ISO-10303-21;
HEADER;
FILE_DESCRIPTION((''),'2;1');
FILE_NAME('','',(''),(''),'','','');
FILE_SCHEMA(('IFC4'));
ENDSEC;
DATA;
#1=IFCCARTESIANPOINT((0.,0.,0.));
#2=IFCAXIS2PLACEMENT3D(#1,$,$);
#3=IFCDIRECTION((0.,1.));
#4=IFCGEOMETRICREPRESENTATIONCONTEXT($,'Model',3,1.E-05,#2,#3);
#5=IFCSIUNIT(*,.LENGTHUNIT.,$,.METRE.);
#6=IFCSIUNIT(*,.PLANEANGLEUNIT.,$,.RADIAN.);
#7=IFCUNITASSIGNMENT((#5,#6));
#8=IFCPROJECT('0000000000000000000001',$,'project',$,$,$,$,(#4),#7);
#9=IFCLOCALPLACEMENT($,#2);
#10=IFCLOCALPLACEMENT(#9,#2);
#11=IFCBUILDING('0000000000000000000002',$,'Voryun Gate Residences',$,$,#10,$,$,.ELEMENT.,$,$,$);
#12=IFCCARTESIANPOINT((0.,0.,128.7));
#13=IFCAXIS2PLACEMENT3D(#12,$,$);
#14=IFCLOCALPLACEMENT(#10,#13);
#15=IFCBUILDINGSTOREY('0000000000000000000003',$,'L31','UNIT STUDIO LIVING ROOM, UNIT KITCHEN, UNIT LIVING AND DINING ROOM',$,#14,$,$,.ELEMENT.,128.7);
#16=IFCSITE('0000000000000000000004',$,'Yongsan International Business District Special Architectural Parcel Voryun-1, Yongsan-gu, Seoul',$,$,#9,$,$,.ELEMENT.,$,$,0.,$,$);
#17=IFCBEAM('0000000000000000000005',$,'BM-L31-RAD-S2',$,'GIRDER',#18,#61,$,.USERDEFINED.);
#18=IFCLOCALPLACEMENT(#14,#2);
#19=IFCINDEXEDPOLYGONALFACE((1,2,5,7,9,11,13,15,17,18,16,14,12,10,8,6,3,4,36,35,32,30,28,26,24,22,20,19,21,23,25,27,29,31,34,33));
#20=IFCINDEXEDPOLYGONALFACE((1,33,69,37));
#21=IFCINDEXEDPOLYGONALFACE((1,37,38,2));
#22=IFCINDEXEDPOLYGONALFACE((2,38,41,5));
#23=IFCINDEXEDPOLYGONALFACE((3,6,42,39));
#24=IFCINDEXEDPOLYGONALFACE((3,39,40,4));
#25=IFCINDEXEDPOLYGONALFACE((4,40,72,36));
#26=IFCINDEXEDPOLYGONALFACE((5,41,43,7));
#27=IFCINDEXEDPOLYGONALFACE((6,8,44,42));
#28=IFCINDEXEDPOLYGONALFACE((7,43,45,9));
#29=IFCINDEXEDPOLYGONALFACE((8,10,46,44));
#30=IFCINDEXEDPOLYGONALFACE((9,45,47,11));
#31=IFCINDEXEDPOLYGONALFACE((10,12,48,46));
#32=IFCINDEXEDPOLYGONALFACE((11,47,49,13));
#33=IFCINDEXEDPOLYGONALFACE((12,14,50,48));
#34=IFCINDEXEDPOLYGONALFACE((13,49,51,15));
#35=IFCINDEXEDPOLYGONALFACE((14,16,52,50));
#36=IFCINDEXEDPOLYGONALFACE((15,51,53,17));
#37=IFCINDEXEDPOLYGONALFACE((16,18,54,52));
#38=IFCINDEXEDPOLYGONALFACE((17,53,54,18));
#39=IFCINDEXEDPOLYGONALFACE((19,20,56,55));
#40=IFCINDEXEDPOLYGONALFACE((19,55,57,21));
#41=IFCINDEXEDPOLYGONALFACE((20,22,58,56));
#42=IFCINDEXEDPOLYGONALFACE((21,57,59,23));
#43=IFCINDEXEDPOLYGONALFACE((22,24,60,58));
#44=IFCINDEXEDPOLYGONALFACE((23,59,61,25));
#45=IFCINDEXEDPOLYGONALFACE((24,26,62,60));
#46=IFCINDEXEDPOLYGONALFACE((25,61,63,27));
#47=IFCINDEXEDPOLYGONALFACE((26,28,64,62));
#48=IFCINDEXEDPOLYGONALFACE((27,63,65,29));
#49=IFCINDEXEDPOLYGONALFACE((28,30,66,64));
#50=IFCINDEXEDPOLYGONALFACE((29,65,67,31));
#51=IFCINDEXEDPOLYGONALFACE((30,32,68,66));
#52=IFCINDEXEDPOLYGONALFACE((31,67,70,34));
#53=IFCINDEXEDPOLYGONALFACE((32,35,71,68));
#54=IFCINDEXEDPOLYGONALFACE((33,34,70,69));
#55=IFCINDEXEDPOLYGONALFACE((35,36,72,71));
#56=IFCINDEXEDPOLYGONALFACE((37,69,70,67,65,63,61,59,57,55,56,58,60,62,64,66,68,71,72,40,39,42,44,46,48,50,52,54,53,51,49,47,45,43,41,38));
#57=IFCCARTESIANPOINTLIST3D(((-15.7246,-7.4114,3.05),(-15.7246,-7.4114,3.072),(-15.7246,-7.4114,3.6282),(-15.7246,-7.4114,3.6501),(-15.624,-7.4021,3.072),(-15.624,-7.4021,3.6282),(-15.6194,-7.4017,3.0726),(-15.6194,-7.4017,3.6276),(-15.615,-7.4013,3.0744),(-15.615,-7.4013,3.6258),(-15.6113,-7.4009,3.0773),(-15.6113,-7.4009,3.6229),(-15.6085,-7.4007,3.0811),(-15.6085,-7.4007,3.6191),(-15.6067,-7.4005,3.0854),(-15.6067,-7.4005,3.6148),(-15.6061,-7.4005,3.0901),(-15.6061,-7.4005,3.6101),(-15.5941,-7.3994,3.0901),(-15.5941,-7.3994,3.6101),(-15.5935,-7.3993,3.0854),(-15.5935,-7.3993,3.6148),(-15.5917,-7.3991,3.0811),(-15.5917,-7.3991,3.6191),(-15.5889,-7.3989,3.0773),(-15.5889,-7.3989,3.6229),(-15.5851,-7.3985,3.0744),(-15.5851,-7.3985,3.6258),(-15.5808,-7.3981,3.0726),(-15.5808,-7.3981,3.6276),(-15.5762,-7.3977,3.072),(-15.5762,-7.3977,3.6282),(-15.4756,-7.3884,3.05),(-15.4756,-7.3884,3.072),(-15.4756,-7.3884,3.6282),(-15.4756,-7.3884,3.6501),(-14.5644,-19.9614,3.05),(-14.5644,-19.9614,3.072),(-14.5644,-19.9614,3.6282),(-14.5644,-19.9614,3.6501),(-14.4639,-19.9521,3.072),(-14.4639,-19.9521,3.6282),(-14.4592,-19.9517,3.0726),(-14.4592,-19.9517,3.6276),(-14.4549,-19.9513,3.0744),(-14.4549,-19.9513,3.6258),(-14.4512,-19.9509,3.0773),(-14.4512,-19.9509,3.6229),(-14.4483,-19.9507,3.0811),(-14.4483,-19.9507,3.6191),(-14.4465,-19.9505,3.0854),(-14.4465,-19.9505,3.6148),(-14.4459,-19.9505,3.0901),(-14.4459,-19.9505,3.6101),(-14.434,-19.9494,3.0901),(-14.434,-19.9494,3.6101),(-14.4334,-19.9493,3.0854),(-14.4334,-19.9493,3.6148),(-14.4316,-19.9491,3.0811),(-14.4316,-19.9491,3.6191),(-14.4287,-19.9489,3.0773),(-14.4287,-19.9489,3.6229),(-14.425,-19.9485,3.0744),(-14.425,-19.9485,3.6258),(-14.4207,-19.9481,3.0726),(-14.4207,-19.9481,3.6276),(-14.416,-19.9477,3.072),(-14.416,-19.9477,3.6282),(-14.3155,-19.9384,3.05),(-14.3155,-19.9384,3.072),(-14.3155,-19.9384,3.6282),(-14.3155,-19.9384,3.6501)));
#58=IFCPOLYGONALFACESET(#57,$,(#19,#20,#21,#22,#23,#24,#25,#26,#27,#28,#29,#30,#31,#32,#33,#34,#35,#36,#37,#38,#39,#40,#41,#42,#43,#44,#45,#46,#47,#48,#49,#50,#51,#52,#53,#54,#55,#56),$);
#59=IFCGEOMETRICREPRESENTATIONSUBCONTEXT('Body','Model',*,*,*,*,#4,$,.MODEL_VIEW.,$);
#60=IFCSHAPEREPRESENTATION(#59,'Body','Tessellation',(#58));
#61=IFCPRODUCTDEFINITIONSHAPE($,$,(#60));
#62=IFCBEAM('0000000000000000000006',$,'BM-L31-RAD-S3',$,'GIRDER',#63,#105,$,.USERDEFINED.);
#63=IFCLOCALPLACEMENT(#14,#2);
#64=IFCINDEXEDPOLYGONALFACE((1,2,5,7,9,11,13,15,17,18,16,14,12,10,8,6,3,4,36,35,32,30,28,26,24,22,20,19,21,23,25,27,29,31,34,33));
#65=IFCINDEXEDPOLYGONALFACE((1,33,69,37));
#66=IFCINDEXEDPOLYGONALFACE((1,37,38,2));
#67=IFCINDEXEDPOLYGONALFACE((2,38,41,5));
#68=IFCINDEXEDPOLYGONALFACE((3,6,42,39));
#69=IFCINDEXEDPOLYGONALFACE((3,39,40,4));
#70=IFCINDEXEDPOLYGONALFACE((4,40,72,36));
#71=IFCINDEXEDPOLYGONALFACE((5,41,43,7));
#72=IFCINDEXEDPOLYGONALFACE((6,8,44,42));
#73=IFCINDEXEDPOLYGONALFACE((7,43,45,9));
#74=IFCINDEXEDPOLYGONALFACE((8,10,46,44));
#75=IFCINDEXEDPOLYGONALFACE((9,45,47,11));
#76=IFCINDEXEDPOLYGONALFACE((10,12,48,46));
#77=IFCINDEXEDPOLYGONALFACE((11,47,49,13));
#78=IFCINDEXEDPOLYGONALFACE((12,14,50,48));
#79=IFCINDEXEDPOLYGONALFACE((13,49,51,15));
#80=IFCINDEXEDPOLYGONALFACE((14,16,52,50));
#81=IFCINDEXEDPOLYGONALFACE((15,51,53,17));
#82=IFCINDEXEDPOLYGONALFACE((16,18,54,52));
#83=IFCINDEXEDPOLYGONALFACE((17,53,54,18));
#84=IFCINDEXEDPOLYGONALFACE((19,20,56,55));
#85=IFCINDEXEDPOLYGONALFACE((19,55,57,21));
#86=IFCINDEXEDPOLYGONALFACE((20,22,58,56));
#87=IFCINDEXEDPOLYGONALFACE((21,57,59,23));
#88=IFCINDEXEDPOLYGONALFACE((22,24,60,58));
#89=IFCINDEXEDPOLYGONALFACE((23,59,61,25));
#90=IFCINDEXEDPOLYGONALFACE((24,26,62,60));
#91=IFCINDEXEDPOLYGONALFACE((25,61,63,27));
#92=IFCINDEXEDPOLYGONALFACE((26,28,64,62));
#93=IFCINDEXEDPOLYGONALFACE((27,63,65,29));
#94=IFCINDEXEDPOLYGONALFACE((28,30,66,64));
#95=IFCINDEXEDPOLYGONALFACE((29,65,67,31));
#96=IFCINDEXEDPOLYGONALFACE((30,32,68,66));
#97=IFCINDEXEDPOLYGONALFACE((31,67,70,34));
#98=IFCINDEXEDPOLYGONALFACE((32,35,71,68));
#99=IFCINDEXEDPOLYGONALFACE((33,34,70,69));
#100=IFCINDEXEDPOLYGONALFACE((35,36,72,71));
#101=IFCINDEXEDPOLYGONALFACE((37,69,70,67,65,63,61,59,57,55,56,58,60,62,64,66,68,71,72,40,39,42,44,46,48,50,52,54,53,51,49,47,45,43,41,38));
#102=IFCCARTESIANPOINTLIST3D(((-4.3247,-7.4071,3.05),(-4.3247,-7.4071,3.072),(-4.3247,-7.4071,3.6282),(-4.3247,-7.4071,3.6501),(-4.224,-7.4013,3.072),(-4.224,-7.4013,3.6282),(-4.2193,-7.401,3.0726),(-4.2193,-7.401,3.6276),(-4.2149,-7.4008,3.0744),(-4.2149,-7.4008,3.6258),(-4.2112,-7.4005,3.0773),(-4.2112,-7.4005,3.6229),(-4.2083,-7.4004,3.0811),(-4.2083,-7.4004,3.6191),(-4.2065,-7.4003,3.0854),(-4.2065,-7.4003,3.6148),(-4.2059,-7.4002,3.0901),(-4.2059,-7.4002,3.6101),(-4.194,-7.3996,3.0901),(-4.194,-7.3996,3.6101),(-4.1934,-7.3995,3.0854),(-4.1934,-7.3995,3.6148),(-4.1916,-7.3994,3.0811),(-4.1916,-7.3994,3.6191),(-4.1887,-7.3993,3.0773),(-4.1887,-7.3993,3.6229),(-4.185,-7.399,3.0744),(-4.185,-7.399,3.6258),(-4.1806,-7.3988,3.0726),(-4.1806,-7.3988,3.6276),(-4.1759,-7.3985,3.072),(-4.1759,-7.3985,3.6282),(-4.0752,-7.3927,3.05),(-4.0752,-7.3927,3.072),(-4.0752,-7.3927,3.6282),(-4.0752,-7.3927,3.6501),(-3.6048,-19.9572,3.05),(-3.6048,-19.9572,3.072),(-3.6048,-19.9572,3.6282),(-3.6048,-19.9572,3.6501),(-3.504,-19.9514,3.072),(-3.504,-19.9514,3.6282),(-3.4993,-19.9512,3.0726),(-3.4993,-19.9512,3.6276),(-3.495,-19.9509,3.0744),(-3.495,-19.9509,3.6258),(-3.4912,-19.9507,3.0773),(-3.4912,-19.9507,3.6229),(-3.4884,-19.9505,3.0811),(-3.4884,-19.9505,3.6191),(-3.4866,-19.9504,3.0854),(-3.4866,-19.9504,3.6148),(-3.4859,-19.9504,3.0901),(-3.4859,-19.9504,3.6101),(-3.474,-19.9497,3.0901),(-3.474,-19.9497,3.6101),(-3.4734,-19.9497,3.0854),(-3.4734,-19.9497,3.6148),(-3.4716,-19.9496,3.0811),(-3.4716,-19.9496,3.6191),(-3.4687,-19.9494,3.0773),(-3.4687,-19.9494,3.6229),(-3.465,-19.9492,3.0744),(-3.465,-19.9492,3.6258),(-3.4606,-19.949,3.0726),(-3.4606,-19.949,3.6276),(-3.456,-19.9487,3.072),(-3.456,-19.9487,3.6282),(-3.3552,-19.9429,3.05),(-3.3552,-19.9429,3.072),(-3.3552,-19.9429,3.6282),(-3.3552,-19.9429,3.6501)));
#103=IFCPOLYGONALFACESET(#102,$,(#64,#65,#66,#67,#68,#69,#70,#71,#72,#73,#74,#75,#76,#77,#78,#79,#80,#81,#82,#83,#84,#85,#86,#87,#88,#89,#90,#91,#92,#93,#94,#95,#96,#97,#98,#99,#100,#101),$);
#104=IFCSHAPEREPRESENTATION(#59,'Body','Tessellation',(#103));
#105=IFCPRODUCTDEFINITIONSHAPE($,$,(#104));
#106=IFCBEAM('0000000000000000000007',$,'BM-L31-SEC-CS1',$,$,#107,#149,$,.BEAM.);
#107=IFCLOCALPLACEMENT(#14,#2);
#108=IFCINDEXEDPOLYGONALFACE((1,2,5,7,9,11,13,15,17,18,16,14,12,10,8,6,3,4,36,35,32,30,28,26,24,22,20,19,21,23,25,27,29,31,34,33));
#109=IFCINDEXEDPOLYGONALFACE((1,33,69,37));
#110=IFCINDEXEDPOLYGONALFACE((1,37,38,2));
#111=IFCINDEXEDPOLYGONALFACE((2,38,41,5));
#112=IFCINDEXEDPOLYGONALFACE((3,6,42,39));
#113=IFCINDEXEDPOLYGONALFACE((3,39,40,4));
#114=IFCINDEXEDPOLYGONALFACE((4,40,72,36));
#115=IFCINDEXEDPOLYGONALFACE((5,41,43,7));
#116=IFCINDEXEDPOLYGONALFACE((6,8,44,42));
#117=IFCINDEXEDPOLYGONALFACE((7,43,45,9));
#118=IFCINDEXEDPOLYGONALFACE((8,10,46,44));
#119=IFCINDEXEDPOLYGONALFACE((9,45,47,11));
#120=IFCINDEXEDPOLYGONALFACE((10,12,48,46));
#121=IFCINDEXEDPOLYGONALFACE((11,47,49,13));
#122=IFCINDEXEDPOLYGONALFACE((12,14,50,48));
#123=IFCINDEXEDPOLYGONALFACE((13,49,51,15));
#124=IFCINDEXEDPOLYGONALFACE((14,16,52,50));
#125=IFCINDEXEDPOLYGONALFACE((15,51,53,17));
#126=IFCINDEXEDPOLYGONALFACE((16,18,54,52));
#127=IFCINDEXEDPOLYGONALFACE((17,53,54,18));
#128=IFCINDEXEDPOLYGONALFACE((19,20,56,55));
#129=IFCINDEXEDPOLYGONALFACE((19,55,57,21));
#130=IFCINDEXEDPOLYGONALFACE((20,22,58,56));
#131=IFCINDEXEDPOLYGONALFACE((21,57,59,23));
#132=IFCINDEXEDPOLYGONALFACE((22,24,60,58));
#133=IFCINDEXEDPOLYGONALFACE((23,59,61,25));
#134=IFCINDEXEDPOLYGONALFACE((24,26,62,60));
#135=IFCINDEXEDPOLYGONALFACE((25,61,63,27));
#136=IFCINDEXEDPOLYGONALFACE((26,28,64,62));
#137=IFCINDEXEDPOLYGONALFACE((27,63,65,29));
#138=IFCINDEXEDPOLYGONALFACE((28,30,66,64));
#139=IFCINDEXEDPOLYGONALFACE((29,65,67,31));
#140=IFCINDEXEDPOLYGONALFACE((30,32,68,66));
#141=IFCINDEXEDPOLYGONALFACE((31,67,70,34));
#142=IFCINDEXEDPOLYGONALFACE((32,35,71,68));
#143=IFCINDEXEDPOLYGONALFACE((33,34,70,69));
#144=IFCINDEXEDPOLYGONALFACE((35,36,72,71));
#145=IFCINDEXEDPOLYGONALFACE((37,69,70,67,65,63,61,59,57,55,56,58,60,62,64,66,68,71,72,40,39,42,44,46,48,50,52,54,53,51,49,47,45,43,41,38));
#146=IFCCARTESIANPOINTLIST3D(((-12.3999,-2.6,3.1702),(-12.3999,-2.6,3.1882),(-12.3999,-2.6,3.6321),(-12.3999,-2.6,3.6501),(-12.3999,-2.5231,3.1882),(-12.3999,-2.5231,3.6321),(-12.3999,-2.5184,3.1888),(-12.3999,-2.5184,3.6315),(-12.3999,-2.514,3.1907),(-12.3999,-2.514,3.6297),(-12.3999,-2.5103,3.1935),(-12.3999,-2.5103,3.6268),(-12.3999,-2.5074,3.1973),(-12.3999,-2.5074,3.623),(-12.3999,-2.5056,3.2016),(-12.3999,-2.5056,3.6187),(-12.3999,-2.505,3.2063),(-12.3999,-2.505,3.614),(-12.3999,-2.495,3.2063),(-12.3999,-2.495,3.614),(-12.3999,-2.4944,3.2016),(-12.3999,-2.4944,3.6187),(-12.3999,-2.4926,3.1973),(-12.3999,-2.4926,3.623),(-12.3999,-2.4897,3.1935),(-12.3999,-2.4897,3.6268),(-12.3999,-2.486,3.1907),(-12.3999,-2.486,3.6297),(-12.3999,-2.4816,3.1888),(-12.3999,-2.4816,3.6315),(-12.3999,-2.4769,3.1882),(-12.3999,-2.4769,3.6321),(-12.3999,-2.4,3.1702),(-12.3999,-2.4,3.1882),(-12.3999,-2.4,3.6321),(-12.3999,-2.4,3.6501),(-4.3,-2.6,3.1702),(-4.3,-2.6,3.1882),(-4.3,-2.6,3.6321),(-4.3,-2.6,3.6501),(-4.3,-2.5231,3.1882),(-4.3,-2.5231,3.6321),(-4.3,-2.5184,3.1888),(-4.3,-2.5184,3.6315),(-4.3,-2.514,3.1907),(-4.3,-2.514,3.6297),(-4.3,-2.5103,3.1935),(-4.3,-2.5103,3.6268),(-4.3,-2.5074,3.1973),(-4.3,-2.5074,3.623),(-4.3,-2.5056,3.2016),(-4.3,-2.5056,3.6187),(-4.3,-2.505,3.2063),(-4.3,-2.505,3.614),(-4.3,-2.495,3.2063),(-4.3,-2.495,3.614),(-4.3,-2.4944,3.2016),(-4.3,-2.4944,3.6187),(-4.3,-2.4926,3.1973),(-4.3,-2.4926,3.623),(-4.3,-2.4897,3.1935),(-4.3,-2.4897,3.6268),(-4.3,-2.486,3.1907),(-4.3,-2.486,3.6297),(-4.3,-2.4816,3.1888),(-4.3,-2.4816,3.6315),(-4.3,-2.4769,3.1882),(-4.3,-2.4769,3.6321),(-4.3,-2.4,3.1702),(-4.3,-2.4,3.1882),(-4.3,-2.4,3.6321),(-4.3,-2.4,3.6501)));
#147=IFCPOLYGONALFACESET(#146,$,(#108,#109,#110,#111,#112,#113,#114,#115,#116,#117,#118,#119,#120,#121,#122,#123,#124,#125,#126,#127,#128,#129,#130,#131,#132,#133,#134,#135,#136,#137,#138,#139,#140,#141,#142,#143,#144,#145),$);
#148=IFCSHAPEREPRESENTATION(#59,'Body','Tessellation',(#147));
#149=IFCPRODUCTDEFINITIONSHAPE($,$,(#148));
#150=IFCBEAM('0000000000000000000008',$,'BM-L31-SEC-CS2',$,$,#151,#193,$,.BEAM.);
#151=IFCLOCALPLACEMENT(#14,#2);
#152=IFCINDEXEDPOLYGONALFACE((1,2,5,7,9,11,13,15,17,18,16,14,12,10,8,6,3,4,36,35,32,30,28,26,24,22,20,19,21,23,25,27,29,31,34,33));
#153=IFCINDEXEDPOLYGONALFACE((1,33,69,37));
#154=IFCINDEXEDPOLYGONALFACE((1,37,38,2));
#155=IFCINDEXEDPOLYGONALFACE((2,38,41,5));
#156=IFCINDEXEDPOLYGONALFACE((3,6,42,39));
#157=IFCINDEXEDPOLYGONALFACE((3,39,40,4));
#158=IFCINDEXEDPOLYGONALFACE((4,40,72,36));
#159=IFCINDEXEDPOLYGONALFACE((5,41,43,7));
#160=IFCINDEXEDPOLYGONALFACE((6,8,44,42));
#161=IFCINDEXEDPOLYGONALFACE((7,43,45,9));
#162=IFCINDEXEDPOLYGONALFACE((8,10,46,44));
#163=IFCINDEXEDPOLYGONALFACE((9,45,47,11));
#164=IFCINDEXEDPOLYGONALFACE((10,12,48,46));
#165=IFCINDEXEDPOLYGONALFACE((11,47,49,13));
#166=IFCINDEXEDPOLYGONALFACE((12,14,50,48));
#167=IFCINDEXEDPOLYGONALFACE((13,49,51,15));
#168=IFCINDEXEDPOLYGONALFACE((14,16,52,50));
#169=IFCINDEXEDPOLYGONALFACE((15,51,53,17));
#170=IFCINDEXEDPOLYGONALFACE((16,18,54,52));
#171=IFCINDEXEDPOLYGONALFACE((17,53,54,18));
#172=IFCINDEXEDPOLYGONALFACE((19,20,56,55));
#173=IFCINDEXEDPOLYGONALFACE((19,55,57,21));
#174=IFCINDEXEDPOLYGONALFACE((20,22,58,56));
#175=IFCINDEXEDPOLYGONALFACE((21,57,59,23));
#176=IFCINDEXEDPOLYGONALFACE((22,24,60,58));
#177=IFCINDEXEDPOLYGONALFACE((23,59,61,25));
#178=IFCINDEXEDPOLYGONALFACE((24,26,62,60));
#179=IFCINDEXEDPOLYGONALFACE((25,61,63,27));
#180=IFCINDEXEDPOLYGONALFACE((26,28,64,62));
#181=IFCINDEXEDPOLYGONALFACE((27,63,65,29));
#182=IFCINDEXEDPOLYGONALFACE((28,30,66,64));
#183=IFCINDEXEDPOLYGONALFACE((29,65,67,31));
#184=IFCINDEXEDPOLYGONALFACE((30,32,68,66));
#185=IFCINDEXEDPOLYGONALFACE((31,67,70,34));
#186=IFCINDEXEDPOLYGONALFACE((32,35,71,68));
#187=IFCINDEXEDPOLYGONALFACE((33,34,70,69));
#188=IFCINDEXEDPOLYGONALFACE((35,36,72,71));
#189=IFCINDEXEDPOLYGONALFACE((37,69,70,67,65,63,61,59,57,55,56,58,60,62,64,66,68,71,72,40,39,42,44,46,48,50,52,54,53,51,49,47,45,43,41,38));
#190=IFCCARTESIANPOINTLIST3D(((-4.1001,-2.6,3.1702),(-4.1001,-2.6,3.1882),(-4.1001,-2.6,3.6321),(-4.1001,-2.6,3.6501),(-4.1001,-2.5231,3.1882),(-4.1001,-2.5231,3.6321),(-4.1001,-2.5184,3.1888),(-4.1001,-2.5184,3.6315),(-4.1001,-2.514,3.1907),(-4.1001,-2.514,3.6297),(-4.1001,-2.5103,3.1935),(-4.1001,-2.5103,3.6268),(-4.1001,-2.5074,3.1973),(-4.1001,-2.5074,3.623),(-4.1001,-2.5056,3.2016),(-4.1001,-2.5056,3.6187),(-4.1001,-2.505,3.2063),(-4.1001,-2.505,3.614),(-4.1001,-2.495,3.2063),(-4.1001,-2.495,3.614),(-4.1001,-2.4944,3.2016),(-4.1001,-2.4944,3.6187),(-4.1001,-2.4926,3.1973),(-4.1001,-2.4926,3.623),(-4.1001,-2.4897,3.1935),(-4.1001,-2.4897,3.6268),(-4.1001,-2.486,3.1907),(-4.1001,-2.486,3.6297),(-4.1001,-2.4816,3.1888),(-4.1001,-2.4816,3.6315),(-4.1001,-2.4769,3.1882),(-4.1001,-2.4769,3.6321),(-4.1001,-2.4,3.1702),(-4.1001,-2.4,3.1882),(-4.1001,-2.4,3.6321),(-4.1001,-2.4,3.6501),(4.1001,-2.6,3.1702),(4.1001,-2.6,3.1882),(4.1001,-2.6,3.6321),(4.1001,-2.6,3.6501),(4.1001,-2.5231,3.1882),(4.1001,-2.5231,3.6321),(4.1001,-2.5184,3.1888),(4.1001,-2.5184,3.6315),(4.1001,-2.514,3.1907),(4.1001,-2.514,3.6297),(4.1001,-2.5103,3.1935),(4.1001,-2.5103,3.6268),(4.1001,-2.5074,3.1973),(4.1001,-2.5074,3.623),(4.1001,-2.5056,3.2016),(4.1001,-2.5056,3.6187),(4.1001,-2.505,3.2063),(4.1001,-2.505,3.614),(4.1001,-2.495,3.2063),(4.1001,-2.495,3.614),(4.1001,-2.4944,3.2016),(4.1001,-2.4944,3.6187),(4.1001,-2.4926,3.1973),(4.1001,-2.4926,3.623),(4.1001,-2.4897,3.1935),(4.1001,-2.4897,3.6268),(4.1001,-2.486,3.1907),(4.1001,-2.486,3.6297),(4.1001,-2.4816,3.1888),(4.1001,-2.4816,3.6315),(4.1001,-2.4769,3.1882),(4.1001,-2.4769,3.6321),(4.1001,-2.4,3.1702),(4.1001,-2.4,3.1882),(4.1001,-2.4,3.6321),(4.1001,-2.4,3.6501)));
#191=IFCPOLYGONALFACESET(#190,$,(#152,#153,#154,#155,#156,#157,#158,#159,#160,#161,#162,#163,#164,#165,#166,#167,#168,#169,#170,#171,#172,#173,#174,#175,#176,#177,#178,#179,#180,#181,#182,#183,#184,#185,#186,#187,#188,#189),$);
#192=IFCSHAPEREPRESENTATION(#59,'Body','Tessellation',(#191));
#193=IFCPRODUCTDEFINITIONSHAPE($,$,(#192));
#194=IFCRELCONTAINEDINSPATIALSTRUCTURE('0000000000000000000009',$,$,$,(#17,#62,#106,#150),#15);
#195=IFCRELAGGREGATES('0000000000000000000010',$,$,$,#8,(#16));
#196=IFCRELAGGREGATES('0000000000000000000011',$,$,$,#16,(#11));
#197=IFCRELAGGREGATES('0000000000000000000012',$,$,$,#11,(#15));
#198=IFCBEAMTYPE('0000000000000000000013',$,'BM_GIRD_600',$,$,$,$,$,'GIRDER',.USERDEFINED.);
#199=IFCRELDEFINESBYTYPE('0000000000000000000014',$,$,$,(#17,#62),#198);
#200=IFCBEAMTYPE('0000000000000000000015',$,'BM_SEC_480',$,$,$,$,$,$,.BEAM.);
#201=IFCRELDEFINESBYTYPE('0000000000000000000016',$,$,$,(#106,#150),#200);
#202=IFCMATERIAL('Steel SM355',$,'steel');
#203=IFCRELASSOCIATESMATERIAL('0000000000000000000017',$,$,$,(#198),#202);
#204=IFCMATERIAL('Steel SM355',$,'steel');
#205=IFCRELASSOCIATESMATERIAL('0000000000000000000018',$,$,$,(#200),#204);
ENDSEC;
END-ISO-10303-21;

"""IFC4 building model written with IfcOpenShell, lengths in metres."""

from ifc_helpers import new_model, si_unit, direction, frame, origin, origin_2d, place, context, subcontext, project, spatial, i_section, extrude, material, material_profile, profile_set, type_object, element, save


model = new_model("IFC4")

# Units and contexts
model_context = context("Model", 3, precision=1e-05, world=origin(), true_north=direction((0.0, 1.0)))
body_context = subcontext(model_context, "Body", "Model", "MODEL_VIEW")
ifc_project = project(units=[si_unit("LENGTHUNIT", "METRE"), si_unit("PLANEANGLEUNIT", "RADIAN")], contexts=[model_context])

# Site, building, storey
site_placement = place(None, origin())
site = spatial("IfcSite", under=ifc_project, at=site_placement, Name="Yongsan International Business District Special Architectural Parcel Voryun-1, Yongsan-gu, Seoul", CompositionType="ELEMENT", RefElevation=0.0)
building_placement = place(site_placement, origin())
building = spatial("IfcBuilding", under=site, at=building_placement, Name="Voryun Gate Residences", CompositionType="ELEMENT")
storey_placement = place(building_placement, frame((0.0, 0.0, 128.7)))
storey = spatial("IfcBuildingStorey", under=building, at=storey_placement, Name="L31", Description="UNIT STUDIO LIVING ROOM, UNIT KITCHEN, UNIT LIVING AND DINING ROOM", CompositionType="ELEMENT", Elevation=128.7)

# Beams
ifc_material_1 = material(Name="Steel SM355", Category="steel")
ifc_material_profile_1 = material_profile(ifc_material_1, i_section(OverallWidth=0.25, OverallDepth=0.6001, WebThickness=0.012, FlangeThickness=0.022, FilletRadius=0.0181, at=origin_2d()), Name="H-600x250x12x22")
ifc_profile_set_1 = profile_set([ifc_material_profile_1], Name="Steel SM355")
beam_type_1 = type_object("IfcBeamType", Name="BM_GIRD_600", ElementType="GIRDER", PredefinedType="USERDEFINED", material=ifc_profile_set_1)
beam_1_placement = place(storey_placement, frame((-15.6001, -7.3999, 3.3501), z_axis=(0.09205, -0.995754, 0.0), x_axis=(0.995754, 0.09205, 0.0)))
element("IfcBeam", 1, at=beam_1_placement, inside=storey, type_object=beam_type_1, Name="BM-L31-RAD-S2", ObjectType="GIRDER", PredefinedType="USERDEFINED", context=body_context, shape_type="SweptSolid", body=[
    extrude(i_section(OverallWidth=0.25, OverallDepth=0.6001, WebThickness=0.012, FlangeThickness=0.022, FilletRadius=0.0181, at=origin_2d()), origin(), (0.0, 0.0, 1.0), 12.6035),
])
beam_2_placement = place(storey_placement, frame((-4.2, -7.3999, 3.3501), z_axis=(0.057274, -0.998359, 0.0), x_axis=(0.998359, 0.057274, 0.0)))
element("IfcBeam", 2, at=beam_2_placement, inside=storey, type_object=beam_type_1, Name="BM-L31-RAD-S3", ObjectType="GIRDER", PredefinedType="USERDEFINED", context=body_context, shape_type="SweptSolid", body=[
    extrude(i_section(OverallWidth=0.25, OverallDepth=0.6001, WebThickness=0.012, FlangeThickness=0.022, FilletRadius=0.0181, at=origin_2d()), origin(), (0.0, 0.0, 1.0), 12.5708),
])
ifc_material_2 = material(Name="Steel SM355", Category="steel")
ifc_material_profile_2 = material_profile(ifc_material_2, i_section(OverallWidth=0.2, OverallDepth=0.48, WebThickness=0.01, FlangeThickness=0.0181, FilletRadius=0.0181, at=origin_2d()), Name="H-480x200x10x18")
ifc_profile_set_2 = profile_set([ifc_material_profile_2], Name="Steel SM355")
beam_type_2 = type_object("IfcBeamType", Name="BM_SEC_480", PredefinedType="BEAM", material=ifc_profile_set_2)
beam_3_placement = place(storey_placement, frame((-12.3999, -2.5, 3.4102), z_axis=(1.0, 0.0, 0.0), x_axis=(0.0, 1.0, 0.0)))
element("IfcBeam", 3, at=beam_3_placement, inside=storey, type_object=beam_type_2, Name="BM-L31-SEC-CS1", PredefinedType="BEAM", context=body_context, shape_type="SweptSolid", body=[
    extrude(i_section(OverallWidth=0.2, OverallDepth=0.48, WebThickness=0.01, FlangeThickness=0.0181, FilletRadius=0.0181, at=origin_2d()), origin(), (0.0, 0.0, 1.0), 8.0999),
])
beam_4_placement = place(storey_placement, frame((-4.1001, -2.5, 3.4102), z_axis=(1.0, 0.0, 0.0), x_axis=(0.0, 1.0, 0.0)))
element("IfcBeam", 4, at=beam_4_placement, inside=storey, type_object=beam_type_2, Name="BM-L31-SEC-CS2", PredefinedType="BEAM", context=body_context, shape_type="SweptSolid", body=[
    extrude(i_section(OverallWidth=0.2, OverallDepth=0.48, WebThickness=0.01, FlangeThickness=0.0181, FilletRadius=0.0181, at=origin_2d()), origin(), (0.0, 0.0, 1.0), 8.2002),
])

save(model, "model.ifc")
